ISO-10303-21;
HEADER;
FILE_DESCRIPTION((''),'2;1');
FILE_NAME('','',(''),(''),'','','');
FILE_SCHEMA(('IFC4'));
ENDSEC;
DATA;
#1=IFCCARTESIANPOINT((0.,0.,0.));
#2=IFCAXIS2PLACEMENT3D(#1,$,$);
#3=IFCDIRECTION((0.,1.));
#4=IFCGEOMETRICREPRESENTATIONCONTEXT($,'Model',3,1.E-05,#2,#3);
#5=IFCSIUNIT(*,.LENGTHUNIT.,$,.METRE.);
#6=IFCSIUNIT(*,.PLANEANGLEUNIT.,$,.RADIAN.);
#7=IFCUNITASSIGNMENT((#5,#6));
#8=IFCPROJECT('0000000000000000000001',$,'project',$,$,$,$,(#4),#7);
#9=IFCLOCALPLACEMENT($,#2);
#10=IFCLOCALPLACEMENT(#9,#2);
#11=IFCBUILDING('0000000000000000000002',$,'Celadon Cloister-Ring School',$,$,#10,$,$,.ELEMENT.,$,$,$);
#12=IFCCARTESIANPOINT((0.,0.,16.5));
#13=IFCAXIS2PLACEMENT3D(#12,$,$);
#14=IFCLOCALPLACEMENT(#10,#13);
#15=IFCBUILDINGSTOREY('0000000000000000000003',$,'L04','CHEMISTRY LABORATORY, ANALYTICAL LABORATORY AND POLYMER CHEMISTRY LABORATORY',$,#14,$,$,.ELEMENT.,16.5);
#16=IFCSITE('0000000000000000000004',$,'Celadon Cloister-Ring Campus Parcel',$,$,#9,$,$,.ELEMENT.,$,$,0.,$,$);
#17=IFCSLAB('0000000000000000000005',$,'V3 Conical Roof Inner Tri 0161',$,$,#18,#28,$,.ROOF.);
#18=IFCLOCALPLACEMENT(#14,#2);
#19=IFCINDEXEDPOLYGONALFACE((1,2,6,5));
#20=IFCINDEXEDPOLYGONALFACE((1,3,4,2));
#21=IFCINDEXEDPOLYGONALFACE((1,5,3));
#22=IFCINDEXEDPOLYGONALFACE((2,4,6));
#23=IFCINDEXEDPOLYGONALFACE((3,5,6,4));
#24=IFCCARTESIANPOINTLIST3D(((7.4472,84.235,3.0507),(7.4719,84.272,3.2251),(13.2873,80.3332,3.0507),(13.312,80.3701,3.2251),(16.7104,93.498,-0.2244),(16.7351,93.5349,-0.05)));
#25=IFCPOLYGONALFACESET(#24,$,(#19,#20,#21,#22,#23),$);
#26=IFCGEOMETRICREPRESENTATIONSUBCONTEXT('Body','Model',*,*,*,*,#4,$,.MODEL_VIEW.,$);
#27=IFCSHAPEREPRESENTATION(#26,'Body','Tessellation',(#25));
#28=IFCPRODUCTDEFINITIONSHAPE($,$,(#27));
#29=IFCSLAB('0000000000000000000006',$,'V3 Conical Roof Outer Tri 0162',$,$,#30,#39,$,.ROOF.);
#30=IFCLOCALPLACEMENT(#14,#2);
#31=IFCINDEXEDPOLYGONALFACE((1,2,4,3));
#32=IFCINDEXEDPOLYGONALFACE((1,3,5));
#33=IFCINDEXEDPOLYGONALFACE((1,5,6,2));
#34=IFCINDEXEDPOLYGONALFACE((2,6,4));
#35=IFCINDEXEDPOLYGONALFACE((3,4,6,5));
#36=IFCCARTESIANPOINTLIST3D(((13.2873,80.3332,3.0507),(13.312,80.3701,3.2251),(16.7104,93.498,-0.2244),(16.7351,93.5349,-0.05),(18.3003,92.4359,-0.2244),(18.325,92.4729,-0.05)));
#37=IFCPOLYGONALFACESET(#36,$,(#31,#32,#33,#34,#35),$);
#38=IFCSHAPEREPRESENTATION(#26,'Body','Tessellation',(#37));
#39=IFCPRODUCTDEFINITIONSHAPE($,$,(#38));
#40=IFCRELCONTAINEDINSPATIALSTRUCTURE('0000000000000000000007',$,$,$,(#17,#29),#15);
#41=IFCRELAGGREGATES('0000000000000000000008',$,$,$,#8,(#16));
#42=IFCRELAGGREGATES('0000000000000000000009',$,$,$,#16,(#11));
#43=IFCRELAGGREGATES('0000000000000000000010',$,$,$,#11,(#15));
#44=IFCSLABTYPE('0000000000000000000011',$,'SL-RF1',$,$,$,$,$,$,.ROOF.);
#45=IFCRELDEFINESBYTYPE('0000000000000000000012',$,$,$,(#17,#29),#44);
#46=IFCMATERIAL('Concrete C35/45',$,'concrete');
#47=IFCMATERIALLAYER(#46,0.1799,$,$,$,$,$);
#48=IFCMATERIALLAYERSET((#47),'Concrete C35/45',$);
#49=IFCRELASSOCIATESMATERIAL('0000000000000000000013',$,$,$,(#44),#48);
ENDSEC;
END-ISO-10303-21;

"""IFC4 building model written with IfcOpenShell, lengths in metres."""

from ifc_helpers import new_model, si_unit, direction, frame, origin, place, context, subcontext, project, spatial, polyline, outline, extrude, material, layer, layer_set, type_object, element, save


model = new_model("IFC4")

# Units and contexts
model_context = context("Model", 3, precision=1e-05, world=origin(), true_north=direction((0.0, 1.0)))
body_context = subcontext(model_context, "Body", "Model", "MODEL_VIEW")
ifc_project = project(units=[si_unit("LENGTHUNIT", "METRE"), si_unit("PLANEANGLEUNIT", "RADIAN")], contexts=[model_context])

# Site, building, storey
site_placement = place(None, origin())
site = spatial("IfcSite", under=ifc_project, at=site_placement, Name="Celadon Cloister-Ring Campus Parcel", CompositionType="ELEMENT", RefElevation=0.0)
building_placement = place(site_placement, origin())
building = spatial("IfcBuilding", under=site, at=building_placement, Name="Celadon Cloister-Ring School", CompositionType="ELEMENT")
storey_placement = place(building_placement, frame((0.0, 0.0, 16.5)))
storey = spatial("IfcBuildingStorey", under=building, at=storey_placement, Name="L04", Description="CHEMISTRY LABORATORY, ANALYTICAL LABORATORY AND POLYMER CHEMISTRY LABORATORY", CompositionType="ELEMENT", Elevation=16.5)

# Slabs
ifc_material_1 = material(Name="Concrete C35/45", Category="concrete")
ifc_layer_1 = layer(ifc_material_1, 0.1799)
ifc_layer_set_1 = layer_set([ifc_layer_1], Name="Concrete C35/45")
slab_type = type_object("IfcSlabType", Name="SL-RF1", PredefinedType="ROOF", material=ifc_layer_set_1)
slab_1_placement = place(storey_placement, frame((16.7351, 93.5349, -0.05), z_axis=(0.137225, 0.20539, 0.969012), x_axis=(-0.686001, -0.685983, 0.242547)))
element("IfcSlab", 1, at=slab_1_placement, inside=storey, type_object=slab_type, Name="V3 Conical Roof Inner Tri 0161", PredefinedType="ROOF", context=body_context, shape_type="SweptSolid", body=[
    extrude(outline(polyline([(0.0, 0.0), (13.5032, 0.0), (12.1735, 6.8966), (0.0, 0.0)])), origin(), (0.0, 0.0, -1.0), 0.1799),
])
slab_2_placement = place(storey_placement, frame((16.7351, 93.5349, -0.05), z_axis=(0.137204, 0.205396, 0.969014), x_axis=(-0.244659, -0.940928, 0.234085)))
element("IfcSlab", 2, at=slab_2_placement, inside=storey, type_object=slab_type, Name="V3 Conical Roof Outer Tri 0162", PredefinedType="ROOF", context=body_context, shape_type="SweptSolid", body=[
    extrude(outline(polyline([(0.0, 0.0), (13.9913, 0.0), (0.6103, 1.8119), (0.0, 0.0)])), origin(), (0.0, 0.0, -1.0), 0.1799),
])

save(model, "model.ifc")
